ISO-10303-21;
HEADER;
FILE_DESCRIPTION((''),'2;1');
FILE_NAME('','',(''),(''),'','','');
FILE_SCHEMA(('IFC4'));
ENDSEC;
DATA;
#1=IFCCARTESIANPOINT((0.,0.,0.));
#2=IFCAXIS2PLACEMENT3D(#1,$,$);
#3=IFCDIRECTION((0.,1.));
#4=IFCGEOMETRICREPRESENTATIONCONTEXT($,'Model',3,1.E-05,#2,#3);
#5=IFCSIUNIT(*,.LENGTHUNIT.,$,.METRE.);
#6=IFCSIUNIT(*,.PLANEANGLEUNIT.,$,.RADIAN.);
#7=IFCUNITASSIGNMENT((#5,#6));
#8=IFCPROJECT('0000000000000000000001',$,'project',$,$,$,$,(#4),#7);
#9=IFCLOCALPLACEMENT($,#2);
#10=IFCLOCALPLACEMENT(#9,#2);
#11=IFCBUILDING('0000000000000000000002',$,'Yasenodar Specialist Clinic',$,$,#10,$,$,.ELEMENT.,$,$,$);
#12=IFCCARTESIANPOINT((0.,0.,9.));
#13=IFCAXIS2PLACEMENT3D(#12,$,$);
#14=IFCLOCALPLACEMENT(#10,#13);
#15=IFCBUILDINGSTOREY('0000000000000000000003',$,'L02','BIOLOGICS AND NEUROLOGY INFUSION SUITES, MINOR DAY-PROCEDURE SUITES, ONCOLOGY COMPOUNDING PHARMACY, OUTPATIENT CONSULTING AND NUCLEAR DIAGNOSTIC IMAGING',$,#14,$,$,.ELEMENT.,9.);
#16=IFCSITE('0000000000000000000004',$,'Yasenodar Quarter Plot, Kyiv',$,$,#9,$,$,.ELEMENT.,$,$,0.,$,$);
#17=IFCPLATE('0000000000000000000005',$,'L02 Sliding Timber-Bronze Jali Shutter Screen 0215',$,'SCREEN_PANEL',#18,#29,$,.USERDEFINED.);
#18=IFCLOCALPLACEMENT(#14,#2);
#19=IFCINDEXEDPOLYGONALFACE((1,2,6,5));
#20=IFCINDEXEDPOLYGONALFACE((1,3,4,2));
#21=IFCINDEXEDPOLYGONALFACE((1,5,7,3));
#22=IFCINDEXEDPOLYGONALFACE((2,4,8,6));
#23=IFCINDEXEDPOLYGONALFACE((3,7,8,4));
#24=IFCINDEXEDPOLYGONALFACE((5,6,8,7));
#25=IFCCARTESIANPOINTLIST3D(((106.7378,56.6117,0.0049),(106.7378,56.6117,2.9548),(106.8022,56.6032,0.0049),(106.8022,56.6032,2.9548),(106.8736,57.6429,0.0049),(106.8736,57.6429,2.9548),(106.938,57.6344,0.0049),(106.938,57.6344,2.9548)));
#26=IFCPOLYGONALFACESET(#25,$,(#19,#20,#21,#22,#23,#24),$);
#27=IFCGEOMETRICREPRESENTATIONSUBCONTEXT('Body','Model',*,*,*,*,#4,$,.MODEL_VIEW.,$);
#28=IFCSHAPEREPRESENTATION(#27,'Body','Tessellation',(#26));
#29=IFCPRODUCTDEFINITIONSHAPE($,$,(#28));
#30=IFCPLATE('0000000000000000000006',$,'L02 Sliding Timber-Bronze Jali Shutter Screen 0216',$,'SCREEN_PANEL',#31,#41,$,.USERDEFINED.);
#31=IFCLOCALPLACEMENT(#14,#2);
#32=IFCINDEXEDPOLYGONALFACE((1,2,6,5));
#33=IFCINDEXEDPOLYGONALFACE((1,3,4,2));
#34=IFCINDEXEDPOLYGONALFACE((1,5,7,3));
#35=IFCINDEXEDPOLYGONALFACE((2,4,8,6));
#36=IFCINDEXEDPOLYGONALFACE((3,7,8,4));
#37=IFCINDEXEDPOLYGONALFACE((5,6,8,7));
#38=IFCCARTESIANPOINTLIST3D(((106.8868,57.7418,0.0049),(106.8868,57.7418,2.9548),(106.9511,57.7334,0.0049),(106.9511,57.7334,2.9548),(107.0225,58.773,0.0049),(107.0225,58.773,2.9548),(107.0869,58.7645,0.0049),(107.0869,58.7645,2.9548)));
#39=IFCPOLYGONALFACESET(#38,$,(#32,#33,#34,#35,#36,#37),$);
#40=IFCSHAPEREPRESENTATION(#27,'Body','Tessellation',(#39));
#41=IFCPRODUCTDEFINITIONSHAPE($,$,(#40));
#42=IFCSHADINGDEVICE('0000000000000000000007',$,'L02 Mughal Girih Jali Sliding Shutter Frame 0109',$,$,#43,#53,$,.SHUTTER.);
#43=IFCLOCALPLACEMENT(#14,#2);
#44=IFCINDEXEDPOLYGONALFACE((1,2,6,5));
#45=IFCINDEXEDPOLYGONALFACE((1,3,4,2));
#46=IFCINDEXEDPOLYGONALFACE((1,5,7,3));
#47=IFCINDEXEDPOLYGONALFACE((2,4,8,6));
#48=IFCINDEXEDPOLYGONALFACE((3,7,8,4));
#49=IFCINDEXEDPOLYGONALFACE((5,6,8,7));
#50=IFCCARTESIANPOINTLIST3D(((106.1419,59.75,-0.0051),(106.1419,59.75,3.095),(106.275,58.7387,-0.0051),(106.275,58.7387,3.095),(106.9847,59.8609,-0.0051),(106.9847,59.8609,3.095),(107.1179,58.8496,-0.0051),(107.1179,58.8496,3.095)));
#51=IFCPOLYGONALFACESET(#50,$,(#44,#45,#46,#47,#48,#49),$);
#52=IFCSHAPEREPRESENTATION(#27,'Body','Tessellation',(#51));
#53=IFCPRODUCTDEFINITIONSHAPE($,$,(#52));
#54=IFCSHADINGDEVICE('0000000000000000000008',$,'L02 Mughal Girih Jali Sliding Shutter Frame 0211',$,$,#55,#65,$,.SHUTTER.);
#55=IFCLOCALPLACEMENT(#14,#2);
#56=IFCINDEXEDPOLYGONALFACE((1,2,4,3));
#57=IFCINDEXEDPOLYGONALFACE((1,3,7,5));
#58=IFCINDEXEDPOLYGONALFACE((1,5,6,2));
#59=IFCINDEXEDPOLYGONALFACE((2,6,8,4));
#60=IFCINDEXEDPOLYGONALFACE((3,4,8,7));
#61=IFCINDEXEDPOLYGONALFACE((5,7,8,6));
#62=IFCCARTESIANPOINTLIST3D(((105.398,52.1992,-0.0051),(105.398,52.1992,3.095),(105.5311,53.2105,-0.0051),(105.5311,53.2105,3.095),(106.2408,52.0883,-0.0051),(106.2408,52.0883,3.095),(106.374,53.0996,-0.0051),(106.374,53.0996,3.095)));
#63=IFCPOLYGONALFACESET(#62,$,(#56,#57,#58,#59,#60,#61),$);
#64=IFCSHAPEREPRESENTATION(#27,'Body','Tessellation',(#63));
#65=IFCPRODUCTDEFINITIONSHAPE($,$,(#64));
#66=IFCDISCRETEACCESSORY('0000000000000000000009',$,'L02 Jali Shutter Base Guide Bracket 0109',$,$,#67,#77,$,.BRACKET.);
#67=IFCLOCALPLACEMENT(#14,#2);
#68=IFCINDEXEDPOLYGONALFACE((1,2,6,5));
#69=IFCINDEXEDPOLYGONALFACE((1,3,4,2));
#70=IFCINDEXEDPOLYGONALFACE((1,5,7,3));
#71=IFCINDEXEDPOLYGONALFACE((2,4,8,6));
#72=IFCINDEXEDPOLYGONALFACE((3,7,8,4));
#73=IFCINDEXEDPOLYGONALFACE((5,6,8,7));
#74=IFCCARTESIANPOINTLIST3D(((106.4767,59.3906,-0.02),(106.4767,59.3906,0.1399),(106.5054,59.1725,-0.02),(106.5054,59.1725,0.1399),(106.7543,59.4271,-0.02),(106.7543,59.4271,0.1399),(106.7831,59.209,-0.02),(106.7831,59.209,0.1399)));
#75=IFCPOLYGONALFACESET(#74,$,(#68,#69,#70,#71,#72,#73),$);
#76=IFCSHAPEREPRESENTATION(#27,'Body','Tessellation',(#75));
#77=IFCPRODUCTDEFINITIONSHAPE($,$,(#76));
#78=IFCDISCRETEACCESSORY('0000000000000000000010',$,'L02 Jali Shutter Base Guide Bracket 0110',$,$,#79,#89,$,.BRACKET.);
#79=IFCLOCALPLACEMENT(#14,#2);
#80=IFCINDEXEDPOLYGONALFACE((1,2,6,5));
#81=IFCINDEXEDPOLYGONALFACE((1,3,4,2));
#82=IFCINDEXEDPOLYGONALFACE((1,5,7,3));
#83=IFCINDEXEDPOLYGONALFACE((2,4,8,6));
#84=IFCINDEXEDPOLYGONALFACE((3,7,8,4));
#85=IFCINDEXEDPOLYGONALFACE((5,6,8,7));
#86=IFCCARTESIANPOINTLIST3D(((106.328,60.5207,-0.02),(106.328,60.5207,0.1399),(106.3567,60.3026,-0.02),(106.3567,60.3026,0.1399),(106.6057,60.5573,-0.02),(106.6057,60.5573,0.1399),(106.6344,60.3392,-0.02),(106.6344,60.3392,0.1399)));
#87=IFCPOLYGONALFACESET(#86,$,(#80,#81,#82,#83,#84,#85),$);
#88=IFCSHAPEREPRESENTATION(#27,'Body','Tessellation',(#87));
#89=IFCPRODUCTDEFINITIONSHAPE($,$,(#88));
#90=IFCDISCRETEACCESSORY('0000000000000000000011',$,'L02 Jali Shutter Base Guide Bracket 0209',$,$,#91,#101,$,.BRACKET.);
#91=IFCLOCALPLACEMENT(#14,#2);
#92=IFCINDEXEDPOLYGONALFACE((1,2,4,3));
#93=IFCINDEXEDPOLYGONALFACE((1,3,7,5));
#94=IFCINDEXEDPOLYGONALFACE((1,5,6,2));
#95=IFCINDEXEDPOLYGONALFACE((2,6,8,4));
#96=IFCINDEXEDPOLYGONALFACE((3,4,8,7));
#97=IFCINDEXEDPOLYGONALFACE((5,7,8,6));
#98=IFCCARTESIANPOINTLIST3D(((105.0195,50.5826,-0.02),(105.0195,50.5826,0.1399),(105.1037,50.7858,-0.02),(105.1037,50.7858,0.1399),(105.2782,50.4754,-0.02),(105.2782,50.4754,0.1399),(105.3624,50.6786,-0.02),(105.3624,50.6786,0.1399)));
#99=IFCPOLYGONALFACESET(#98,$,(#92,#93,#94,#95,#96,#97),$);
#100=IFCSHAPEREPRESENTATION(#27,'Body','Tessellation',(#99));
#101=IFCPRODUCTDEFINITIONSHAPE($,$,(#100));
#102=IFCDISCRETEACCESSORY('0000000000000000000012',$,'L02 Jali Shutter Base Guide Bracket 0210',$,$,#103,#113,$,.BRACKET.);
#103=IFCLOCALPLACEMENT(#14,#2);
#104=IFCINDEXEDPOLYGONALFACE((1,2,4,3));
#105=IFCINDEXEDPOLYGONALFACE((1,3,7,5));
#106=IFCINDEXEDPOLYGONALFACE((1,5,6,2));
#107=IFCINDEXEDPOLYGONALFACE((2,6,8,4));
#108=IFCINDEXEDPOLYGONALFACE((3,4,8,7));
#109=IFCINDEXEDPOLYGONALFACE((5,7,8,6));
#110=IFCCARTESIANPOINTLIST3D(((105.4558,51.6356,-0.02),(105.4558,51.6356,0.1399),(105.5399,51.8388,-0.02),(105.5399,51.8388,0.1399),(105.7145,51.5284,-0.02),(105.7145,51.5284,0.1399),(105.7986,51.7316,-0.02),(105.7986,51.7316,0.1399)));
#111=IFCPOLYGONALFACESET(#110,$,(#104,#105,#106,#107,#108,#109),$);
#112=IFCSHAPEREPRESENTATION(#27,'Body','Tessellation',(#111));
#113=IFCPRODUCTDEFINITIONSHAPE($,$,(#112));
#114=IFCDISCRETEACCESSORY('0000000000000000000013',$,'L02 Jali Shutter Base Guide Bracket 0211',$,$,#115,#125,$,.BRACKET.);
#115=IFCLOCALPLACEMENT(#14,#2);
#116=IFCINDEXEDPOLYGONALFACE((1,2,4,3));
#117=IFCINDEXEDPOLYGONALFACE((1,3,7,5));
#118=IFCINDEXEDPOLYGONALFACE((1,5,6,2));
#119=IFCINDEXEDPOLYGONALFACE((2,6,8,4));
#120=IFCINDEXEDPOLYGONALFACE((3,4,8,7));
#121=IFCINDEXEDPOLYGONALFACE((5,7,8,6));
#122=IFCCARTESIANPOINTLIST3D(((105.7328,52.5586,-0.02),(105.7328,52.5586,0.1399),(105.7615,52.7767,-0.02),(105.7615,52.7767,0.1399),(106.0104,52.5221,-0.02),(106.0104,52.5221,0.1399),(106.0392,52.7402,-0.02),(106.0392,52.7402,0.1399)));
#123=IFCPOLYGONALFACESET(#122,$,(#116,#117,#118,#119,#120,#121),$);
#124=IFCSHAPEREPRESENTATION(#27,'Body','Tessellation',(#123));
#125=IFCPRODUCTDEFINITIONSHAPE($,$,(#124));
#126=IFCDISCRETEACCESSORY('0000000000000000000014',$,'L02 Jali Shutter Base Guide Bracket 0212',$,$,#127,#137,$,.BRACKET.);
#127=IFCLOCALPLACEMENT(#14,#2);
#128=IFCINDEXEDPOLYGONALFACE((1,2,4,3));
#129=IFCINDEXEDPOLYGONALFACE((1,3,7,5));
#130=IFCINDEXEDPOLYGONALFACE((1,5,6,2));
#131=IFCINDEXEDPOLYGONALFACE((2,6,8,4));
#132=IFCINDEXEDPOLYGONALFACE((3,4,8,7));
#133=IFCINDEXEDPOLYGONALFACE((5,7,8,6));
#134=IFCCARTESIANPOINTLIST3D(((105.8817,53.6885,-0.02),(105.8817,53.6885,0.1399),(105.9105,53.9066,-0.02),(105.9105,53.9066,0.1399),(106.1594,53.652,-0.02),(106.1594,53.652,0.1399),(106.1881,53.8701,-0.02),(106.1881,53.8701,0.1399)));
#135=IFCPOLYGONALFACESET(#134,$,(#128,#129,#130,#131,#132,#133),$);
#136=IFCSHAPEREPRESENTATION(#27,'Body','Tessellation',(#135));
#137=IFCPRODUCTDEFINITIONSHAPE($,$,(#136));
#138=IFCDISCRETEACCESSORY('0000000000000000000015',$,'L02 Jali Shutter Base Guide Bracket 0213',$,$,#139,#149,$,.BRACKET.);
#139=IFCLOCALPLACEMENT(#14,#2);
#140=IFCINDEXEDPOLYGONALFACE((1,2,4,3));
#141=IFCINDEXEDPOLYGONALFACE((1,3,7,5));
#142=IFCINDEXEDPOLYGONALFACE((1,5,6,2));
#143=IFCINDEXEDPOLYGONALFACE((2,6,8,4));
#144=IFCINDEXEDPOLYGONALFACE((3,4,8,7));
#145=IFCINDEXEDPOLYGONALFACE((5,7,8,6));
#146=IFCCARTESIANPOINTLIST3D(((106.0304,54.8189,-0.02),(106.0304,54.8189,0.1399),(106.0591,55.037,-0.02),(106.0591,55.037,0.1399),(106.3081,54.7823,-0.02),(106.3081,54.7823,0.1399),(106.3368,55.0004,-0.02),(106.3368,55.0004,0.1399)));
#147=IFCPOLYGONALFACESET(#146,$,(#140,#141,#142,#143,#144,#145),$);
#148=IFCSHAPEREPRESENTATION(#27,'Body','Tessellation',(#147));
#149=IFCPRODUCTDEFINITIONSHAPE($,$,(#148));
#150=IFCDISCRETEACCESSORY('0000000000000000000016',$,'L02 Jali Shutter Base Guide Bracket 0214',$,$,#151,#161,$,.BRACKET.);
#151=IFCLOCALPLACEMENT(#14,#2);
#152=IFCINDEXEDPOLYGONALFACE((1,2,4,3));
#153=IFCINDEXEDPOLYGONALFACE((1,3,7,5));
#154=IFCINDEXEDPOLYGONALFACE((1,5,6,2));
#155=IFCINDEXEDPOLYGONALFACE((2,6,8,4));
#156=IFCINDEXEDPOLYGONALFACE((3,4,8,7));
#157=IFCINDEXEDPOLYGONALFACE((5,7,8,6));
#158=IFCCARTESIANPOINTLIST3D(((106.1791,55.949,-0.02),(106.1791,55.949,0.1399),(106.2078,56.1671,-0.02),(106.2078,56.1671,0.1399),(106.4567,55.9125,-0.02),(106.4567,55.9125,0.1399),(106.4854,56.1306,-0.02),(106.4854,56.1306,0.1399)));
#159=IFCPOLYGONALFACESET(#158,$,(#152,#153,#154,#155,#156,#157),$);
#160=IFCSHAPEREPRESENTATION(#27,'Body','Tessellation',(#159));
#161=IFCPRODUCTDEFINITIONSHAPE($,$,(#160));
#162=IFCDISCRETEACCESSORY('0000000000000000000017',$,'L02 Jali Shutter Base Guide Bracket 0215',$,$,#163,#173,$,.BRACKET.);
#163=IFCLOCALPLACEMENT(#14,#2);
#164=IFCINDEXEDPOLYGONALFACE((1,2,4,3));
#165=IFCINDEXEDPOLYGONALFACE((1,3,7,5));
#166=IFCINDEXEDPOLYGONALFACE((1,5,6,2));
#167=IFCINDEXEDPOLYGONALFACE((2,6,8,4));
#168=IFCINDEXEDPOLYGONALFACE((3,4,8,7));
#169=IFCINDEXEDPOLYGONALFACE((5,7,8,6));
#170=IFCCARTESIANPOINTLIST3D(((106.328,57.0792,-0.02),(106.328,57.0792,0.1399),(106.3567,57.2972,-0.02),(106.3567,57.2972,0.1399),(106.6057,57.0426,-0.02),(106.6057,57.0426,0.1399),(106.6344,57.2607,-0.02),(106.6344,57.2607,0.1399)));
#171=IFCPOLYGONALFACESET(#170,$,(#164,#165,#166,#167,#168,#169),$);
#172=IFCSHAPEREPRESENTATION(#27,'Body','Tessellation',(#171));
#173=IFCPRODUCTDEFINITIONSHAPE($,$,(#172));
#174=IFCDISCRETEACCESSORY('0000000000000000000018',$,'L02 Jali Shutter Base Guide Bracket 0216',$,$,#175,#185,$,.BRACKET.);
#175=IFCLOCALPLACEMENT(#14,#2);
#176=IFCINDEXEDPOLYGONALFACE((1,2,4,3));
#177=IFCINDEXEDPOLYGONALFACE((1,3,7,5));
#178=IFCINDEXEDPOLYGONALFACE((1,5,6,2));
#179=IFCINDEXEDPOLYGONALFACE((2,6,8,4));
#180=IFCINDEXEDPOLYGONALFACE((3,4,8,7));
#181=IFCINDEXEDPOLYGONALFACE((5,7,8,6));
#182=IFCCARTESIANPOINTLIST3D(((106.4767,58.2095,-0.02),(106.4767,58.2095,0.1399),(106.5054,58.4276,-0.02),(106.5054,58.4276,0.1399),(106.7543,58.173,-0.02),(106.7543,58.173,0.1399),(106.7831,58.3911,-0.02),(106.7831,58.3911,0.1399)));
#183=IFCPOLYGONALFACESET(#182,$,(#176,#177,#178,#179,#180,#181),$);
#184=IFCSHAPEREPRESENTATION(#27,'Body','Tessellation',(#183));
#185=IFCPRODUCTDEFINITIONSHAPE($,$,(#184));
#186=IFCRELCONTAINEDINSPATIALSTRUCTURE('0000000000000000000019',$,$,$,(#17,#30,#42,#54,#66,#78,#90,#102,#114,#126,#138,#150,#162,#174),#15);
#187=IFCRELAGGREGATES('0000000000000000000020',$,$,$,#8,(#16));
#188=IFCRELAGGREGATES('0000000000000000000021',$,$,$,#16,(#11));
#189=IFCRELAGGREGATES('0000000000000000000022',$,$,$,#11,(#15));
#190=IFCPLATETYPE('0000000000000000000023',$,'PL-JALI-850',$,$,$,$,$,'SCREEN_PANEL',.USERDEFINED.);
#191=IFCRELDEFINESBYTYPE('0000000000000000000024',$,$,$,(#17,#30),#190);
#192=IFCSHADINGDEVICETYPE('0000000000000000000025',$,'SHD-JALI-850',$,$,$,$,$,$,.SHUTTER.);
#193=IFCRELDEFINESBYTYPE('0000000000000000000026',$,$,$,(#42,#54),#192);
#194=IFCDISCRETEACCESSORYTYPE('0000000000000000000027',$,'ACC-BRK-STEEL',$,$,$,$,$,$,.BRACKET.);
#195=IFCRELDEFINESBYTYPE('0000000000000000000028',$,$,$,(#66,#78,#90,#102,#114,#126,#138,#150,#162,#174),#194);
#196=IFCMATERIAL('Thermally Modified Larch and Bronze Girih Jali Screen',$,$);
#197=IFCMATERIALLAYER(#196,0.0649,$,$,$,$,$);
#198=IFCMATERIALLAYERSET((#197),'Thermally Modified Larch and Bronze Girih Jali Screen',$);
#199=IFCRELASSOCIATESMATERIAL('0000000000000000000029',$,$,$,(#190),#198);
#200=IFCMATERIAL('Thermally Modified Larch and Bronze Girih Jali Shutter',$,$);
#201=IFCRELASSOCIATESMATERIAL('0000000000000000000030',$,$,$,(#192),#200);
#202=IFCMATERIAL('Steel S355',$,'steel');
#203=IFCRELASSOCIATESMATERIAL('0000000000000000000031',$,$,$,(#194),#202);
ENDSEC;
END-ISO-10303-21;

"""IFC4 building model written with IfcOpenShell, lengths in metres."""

from ifc_helpers import new_model, si_unit, direction, frame, origin, origin_2d, place, context, subcontext, project, spatial, rectangle, extrude, material, layer, layer_set, type_object, element, save


model = new_model("IFC4")

# Units and contexts
model_context = context("Model", 3, precision=1e-05, world=origin(), true_north=direction((0.0, 1.0)))
body_context = subcontext(model_context, "Body", "Model", "MODEL_VIEW")
ifc_project = project(units=[si_unit("LENGTHUNIT", "METRE"), si_unit("PLANEANGLEUNIT", "RADIAN")], contexts=[model_context])

# Site, building, storey
site_placement = place(None, origin())
site = spatial("IfcSite", under=ifc_project, at=site_placement, Name="Yasenodar Quarter Plot, Kyiv", CompositionType="ELEMENT", RefElevation=0.0)
building_placement = place(site_placement, origin())
building = spatial("IfcBuilding", under=site, at=building_placement, Name="Yasenodar Specialist Clinic", CompositionType="ELEMENT")
storey_placement = place(building_placement, frame((0.0, 0.0, 9.0)))
storey = spatial("IfcBuildingStorey", under=building, at=storey_placement, Name="L02", Description="BIOLOGICS AND NEUROLOGY INFUSION SUITES, MINOR DAY-PROCEDURE SUITES, ONCOLOGY COMPOUNDING PHARMACY, OUTPATIENT CONSULTING AND NUCLEAR DIAGNOSTIC IMAGING", CompositionType="ELEMENT", Elevation=9.0)

# Shared definitions
ifc_material_1 = material(Name="Steel S355", Category="steel")

# Plates
ifc_material_2 = material(Name="Thermally Modified Larch and Bronze Girih Jali Screen")
ifc_layer_1 = layer(ifc_material_2, 0.0649)
ifc_layer_set_1 = layer_set([ifc_layer_1], Name="Thermally Modified Larch and Bronze Girih Jali Screen")
plate_type_1 = type_object("IfcPlateType", Name="PL-JALI-850", ElementType="SCREEN_PANEL", PredefinedType="USERDEFINED", material=ifc_layer_set_1)
for number, where, z_axis, x_axis, name in (
    (1, (106.8379, 57.123, 0.0049), (0.0, 0.0, 1.0), (0.130519, 0.991446, 0.0), "L02 Sliding Timber-Bronze Jali Shutter Screen 0215"),
    (2, (106.9868, 58.2532, 0.0049), (0.0, 0.0, 1.0), (0.130519, 0.991446, 0.0), "L02 Sliding Timber-Bronze Jali Shutter Screen 0216"),
):
    element("IfcPlate", number, at=place(storey_placement, frame(where, z_axis=z_axis, x_axis=x_axis)), inside=storey, type_object=plate_type_1, Name=name, ObjectType="SCREEN_PANEL", PredefinedType="USERDEFINED", context=body_context, shape_type="SweptSolid", body=[
        extrude(rectangle(XDim=1.04, YDim=0.0649, at=origin_2d()), origin(), (0.0, 0.0, 1.0), 2.95),
    ])

# Shading devices
ifc_material_3 = material(Name="Thermally Modified Larch and Bronze Girih Jali Shutter")
shading_device_type = type_object("IfcShadingDeviceType", Name="SHD-JALI-850", PredefinedType="SHUTTER", material=ifc_material_3)
for number, where, z_axis, x_axis, name in (
    (3, (106.6299, 59.2998, -0.0051), (0.0, 0.0, 1.0), (-0.130519, 0.991446, 0.0), "L02 Mughal Girih Jali Sliding Shutter Frame 0109"),
    (4, (105.886, 52.6494, -0.0051), (0.0, 0.0, 1.0), (0.130519, 0.991446, 0.0), "L02 Mughal Girih Jali Sliding Shutter Frame 0211"),
):
    element("IfcShadingDevice", number, at=place(storey_placement, frame(where, z_axis=z_axis, x_axis=x_axis)), inside=storey, type_object=shading_device_type, Name=name, PredefinedType="SHUTTER", context=body_context, shape_type="SweptSolid", body=[
        extrude(rectangle(XDim=1.02, YDim=0.8501, at=origin_2d()), origin(), (0.0, 0.0, 1.0), 3.1001),
    ])

# Discrete accessories
discrete_accessory_type = type_object("IfcDiscreteAccessoryType", Name="ACC-BRK-STEEL", PredefinedType="BRACKET", material=ifc_material_1)
for number, where, z_axis, x_axis, name in (
    (5, (106.6299, 59.2998, -0.02), (0.0, 0.0, 1.0), (-0.130519, 0.991446, 0.0), "L02 Jali Shutter Base Guide Bracket 0109"),
    (6, (106.4812, 60.4299, -0.02), (0.0, 0.0, 1.0), (-0.130519, 0.991446, 0.0), "L02 Jali Shutter Base Guide Bracket 0110"),
    (7, (105.1909, 50.6306, -0.02), (0.0, 0.0, 1.0), (0.382687, 0.923878, 0.0), "L02 Jali Shutter Base Guide Bracket 0209"),
    (8, (105.6272, 51.6836, -0.02), (0.0, 0.0, 1.0), (0.382687, 0.923878, 0.0), "L02 Jali Shutter Base Guide Bracket 0210"),
    (9, (105.886, 52.6494, -0.02), (0.0, 0.0, 1.0), (0.130519, 0.991446, 0.0), "L02 Jali Shutter Base Guide Bracket 0211"),
    (10, (106.0349, 53.7793, -0.02), (0.0, 0.0, 1.0), (0.130519, 0.991446, 0.0), "L02 Jali Shutter Base Guide Bracket 0212"),
    (11, (106.1836, 54.9097, -0.02), (0.0, 0.0, 1.0), (0.130519, 0.991446, 0.0), "L02 Jali Shutter Base Guide Bracket 0213"),
    (12, (106.3323, 56.0398, -0.02), (0.0, 0.0, 1.0), (0.130519, 0.991446, 0.0), "L02 Jali Shutter Base Guide Bracket 0214"),
    (13, (106.4812, 57.1699, -0.02), (0.0, 0.0, 1.0), (0.130519, 0.991446, 0.0), "L02 Jali Shutter Base Guide Bracket 0215"),
    (14, (106.6299, 58.3003, -0.02), (0.0, 0.0, 1.0), (0.130519, 0.991446, 0.0), "L02 Jali Shutter Base Guide Bracket 0216"),
):
    element("IfcDiscreteAccessory", number, at=place(storey_placement, frame(where, z_axis=z_axis, x_axis=x_axis)), inside=storey, type_object=discrete_accessory_type, Name=name, PredefinedType="BRACKET", context=body_context, shape_type="SweptSolid", body=[
        extrude(rectangle(XDim=0.22, YDim=0.28, at=origin_2d()), origin(), (0.0, 0.0, 1.0), 0.1599),
    ])

save(model, "model.ifc")
